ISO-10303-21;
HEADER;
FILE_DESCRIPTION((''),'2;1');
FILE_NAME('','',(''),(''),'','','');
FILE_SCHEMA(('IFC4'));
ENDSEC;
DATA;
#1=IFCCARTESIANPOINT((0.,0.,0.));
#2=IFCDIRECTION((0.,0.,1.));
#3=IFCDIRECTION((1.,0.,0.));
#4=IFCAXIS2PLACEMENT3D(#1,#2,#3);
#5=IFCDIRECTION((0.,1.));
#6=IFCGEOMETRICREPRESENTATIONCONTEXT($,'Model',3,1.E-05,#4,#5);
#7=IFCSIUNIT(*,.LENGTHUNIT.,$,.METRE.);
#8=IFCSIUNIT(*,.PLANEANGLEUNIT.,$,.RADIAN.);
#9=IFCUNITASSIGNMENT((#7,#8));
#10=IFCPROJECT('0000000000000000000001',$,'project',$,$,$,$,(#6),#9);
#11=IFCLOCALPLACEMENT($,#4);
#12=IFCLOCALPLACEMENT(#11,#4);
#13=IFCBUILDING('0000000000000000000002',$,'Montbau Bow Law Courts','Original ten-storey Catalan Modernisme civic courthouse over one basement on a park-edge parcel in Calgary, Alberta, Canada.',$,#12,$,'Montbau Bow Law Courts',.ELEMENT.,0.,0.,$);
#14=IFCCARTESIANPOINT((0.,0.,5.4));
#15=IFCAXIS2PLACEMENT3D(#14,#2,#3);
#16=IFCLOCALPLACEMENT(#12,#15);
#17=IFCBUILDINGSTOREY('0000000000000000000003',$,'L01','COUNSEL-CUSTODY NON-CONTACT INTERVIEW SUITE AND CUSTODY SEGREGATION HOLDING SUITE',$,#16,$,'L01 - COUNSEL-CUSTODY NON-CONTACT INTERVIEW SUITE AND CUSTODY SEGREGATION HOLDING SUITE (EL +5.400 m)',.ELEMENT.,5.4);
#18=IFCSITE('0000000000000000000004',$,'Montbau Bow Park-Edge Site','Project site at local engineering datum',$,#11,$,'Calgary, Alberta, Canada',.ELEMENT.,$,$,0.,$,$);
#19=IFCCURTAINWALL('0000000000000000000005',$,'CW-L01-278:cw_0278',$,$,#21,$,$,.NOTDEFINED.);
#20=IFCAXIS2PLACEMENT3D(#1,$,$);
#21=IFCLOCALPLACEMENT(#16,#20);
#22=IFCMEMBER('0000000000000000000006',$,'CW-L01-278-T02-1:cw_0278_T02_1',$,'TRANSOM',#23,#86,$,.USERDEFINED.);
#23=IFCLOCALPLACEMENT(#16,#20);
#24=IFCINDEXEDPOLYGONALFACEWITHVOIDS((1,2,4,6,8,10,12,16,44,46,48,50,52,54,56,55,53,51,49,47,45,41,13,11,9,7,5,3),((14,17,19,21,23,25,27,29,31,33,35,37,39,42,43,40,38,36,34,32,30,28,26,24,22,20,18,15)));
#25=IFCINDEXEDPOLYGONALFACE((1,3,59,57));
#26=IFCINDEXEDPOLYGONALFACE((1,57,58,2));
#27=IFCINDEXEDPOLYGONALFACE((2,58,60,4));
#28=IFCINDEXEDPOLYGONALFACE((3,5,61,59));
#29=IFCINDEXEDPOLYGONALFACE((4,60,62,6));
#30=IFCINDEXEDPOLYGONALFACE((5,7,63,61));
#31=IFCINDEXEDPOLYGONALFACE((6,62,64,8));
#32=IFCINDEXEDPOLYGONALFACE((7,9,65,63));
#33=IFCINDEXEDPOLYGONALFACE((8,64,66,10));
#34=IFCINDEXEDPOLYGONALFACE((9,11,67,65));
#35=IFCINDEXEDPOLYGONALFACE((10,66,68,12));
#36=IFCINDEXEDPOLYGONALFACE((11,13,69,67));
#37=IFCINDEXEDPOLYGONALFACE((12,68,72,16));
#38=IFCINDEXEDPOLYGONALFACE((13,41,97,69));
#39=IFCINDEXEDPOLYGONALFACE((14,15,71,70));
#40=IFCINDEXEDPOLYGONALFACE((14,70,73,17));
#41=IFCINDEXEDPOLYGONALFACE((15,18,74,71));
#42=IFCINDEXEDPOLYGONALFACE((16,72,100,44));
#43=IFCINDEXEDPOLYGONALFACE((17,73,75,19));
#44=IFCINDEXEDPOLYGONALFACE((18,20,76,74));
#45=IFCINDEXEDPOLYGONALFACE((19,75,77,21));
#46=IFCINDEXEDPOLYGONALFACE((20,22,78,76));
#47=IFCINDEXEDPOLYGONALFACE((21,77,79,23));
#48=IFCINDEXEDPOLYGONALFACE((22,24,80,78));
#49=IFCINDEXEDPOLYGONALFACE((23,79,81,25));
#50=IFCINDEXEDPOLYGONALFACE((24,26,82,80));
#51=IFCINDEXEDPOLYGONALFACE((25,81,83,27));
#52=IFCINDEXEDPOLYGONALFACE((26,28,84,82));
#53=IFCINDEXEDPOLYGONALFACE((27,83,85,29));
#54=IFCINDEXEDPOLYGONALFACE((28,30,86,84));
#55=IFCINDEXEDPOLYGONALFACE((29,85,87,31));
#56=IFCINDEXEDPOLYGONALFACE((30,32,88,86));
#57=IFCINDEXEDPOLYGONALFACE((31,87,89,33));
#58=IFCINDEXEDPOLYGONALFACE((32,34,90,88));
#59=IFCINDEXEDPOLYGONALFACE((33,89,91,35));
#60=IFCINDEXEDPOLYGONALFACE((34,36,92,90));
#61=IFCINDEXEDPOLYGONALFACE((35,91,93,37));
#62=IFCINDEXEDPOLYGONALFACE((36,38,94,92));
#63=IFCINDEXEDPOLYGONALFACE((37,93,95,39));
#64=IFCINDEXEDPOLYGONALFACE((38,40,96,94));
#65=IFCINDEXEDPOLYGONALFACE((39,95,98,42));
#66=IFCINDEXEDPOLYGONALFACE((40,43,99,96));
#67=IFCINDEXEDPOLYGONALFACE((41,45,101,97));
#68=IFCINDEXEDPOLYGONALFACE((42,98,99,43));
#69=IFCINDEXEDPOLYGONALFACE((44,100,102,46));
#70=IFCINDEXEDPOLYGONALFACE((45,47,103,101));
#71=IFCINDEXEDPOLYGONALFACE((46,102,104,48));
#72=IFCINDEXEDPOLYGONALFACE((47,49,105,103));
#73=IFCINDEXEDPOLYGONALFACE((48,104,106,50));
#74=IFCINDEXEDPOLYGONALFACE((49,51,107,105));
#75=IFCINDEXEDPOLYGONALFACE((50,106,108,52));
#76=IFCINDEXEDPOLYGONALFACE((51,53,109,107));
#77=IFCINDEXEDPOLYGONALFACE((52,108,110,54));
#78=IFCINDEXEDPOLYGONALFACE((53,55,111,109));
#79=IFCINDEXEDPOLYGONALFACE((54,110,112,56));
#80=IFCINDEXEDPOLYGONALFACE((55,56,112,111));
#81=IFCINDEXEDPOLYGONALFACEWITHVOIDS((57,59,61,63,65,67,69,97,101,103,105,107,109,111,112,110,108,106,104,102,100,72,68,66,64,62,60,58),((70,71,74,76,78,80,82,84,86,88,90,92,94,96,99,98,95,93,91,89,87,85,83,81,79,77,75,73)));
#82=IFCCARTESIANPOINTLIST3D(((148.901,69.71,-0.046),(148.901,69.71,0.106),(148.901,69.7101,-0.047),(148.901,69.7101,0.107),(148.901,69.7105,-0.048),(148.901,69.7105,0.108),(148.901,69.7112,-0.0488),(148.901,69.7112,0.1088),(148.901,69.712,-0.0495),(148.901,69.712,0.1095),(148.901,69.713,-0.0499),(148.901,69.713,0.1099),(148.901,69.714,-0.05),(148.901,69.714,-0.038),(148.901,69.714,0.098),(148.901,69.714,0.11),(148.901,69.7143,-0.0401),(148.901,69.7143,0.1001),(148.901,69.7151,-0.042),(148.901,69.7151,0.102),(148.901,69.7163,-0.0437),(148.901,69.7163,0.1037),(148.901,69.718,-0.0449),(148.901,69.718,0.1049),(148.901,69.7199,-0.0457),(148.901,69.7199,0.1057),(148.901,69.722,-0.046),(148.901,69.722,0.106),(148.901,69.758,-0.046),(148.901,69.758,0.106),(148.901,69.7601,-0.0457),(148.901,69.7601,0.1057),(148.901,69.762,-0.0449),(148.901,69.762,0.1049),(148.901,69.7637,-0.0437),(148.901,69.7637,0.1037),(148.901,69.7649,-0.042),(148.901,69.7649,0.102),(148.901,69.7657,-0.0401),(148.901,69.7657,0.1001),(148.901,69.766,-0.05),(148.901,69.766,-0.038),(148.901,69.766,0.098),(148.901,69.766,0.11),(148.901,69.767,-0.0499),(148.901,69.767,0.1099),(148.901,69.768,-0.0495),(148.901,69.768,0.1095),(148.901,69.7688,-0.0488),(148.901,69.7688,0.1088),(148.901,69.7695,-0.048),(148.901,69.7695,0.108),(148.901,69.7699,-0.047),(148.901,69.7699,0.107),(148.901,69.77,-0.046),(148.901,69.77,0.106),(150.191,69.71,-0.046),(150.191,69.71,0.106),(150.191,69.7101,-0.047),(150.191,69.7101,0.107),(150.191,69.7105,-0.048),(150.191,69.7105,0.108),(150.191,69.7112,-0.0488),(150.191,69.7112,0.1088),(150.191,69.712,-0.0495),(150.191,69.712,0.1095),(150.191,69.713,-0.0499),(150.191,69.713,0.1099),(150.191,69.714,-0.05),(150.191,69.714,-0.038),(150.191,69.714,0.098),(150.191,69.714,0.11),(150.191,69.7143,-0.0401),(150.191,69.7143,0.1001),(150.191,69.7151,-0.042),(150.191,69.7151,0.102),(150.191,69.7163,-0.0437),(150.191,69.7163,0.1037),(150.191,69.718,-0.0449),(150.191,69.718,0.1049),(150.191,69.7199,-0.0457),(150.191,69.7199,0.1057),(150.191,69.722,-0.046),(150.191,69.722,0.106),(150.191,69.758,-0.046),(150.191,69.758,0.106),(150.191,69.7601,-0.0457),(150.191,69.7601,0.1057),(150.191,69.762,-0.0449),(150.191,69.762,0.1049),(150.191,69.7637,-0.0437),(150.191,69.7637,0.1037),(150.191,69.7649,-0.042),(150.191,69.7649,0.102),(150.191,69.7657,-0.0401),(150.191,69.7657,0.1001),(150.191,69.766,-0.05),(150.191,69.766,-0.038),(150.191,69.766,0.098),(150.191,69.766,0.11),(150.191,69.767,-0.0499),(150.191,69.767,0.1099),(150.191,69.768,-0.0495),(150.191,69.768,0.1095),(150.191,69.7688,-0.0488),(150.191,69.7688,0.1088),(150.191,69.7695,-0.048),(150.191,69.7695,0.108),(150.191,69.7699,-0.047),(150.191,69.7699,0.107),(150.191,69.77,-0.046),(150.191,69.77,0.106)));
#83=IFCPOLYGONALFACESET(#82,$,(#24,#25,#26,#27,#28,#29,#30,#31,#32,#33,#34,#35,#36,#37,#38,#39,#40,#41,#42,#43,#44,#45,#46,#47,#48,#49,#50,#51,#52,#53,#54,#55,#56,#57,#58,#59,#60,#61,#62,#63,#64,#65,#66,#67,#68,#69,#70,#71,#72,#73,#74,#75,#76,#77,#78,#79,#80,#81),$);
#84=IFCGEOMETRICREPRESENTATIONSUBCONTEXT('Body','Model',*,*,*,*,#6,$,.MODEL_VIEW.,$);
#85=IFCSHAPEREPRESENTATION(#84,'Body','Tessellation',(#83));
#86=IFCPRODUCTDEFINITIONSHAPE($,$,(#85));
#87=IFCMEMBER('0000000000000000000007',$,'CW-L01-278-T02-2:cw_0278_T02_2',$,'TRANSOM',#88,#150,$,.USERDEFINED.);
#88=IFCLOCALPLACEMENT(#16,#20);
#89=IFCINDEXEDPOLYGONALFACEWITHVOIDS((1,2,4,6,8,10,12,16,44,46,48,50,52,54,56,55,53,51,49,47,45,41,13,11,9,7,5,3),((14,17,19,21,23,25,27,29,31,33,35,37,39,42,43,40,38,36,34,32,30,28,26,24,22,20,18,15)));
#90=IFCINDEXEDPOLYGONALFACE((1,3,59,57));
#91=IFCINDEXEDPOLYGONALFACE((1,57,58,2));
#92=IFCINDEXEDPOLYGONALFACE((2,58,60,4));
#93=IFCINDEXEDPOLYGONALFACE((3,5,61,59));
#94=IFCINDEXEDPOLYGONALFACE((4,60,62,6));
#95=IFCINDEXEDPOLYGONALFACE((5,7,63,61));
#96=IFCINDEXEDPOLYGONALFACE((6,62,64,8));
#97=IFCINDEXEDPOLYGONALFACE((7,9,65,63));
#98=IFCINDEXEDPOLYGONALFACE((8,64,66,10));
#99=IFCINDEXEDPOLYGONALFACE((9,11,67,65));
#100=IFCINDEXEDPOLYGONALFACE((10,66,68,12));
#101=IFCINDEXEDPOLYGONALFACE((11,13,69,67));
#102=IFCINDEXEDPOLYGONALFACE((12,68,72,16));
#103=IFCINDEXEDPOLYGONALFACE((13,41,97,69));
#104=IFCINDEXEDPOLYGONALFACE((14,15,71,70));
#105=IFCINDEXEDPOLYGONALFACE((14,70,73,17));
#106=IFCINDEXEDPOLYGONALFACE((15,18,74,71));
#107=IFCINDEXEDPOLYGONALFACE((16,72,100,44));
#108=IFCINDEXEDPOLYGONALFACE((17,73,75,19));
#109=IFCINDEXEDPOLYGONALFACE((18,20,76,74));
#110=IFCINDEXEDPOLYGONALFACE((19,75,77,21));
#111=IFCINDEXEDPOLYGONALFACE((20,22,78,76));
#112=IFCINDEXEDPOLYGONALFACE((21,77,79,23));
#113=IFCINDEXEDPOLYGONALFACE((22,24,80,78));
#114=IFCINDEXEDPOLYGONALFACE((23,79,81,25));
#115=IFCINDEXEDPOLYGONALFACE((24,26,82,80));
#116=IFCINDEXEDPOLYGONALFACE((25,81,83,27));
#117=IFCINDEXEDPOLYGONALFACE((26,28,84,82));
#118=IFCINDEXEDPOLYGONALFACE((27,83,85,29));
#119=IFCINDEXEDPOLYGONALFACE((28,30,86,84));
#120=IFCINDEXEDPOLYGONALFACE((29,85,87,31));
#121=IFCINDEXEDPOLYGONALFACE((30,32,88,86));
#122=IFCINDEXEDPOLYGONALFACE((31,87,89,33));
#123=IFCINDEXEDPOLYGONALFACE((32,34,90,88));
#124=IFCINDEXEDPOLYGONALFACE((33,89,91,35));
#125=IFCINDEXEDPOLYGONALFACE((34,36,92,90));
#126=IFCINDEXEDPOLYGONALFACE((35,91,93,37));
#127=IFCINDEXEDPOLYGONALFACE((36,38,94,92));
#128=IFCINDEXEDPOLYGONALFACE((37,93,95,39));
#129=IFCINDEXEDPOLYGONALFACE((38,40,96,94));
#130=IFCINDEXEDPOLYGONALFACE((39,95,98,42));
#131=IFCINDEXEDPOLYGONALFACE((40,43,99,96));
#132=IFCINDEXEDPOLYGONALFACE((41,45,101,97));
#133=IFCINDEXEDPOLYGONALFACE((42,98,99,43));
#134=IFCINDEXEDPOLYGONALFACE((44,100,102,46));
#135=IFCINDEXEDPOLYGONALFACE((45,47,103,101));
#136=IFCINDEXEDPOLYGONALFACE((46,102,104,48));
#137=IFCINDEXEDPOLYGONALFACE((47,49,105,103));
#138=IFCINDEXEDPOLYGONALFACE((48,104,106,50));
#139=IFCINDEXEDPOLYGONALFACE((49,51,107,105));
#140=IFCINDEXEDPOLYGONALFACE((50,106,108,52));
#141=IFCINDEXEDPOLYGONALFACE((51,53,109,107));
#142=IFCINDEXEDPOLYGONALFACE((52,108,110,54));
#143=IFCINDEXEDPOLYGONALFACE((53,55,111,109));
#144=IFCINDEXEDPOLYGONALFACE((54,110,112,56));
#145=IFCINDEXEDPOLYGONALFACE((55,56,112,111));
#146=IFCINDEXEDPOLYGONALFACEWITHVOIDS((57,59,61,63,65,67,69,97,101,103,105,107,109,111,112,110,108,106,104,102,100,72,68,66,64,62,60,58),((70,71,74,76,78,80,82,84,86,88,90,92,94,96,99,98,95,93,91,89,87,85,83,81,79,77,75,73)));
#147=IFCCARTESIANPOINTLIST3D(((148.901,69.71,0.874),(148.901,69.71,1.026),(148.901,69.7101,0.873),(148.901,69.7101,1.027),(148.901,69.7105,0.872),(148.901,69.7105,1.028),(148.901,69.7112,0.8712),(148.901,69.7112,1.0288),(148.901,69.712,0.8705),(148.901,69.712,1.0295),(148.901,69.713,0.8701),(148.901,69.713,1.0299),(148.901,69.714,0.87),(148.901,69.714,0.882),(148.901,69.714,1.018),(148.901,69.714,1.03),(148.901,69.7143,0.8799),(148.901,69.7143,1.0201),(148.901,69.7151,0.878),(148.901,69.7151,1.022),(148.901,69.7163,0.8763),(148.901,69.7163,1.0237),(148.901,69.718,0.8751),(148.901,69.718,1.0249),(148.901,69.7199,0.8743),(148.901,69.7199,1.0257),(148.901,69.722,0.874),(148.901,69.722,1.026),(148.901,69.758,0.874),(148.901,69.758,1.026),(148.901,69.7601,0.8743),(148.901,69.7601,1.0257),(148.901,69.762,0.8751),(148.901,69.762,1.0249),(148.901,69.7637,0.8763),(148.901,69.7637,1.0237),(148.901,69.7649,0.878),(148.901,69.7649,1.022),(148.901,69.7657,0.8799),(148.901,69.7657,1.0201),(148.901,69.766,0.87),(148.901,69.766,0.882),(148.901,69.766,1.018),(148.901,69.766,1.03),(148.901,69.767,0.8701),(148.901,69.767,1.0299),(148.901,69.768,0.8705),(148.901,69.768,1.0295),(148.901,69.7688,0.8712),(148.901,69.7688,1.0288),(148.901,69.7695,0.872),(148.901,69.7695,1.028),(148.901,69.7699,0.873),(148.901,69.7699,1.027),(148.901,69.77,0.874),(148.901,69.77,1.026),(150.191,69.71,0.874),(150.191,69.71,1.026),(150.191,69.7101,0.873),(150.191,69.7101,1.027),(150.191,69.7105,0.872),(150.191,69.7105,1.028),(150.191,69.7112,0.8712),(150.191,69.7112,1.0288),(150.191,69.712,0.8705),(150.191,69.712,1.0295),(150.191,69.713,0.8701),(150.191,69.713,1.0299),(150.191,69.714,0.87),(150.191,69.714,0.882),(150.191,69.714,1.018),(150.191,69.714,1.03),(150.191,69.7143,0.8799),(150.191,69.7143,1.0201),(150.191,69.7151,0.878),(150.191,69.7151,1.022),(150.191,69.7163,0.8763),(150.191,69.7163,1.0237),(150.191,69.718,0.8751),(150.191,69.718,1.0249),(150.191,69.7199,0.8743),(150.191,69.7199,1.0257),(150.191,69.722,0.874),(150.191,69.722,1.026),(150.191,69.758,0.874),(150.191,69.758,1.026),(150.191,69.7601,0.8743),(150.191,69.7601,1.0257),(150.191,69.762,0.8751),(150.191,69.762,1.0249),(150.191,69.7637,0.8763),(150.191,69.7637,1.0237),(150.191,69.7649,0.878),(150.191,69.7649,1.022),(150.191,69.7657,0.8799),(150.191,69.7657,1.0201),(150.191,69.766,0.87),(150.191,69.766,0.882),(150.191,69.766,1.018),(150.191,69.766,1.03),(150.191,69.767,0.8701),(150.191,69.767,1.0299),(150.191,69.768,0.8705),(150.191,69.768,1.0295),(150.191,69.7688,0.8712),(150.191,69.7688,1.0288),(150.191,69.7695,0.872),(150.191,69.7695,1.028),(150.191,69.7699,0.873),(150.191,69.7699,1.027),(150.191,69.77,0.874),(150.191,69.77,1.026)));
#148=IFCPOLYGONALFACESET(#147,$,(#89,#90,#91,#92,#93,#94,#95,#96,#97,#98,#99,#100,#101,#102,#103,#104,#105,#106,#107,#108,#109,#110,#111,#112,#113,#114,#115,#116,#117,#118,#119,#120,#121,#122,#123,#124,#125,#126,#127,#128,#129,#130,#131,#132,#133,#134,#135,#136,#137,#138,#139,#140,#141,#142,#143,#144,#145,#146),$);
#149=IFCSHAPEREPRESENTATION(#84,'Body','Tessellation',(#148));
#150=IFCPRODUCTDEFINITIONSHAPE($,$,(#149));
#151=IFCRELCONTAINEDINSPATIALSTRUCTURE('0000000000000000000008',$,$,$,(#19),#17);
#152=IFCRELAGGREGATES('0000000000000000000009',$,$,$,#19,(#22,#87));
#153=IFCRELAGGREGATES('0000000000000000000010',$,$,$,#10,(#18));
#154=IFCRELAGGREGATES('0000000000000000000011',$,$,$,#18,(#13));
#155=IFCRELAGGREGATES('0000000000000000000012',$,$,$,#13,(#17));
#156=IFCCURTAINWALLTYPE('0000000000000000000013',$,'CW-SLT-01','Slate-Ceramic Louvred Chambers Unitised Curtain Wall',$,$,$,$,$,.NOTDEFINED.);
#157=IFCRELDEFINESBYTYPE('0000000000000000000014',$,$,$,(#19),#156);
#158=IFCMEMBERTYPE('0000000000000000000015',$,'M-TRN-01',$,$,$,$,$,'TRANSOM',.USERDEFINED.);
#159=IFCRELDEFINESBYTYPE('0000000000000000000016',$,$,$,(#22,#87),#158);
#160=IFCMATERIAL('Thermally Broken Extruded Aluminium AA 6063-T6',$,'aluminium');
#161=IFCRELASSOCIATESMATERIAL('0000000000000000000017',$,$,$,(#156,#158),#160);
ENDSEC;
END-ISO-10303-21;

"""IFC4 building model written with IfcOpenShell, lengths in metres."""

from ifc_helpers import new_model, si_unit, direction, frame, origin_with_axes, origin_2d_with_axis, place, context, subcontext, project, spatial, hollow_rectangle, extrude, material, material_profile, profile_set, type_object, element, aggregate, save


model = new_model("IFC4")

# Units and contexts
model_context = context("Model", 3, precision=1e-05, world=origin_with_axes(), true_north=direction((0.0, 1.0)))
body_context = subcontext(model_context, "Body", "Model", "MODEL_VIEW")
ifc_project = project(units=[si_unit("LENGTHUNIT", "METRE"), si_unit("PLANEANGLEUNIT", "RADIAN")], contexts=[model_context])

# Site, building, storey
site_placement = place(None, origin_with_axes())
site = spatial("IfcSite", under=ifc_project, at=site_placement, Name="Montbau Bow Park-Edge Site", Description="Project site at local engineering datum", LongName="Calgary, Alberta, Canada", CompositionType="ELEMENT", RefElevation=0.0)
building_placement = place(site_placement, origin_with_axes())
building = spatial("IfcBuilding", under=site, at=building_placement, Name="Montbau Bow Law Courts", Description="Original ten-storey Catalan Modernisme civic courthouse over one basement on a park-edge parcel in Calgary, Alberta, Canada.", LongName="Montbau Bow Law Courts", CompositionType="ELEMENT", ElevationOfRefHeight=0.0, ElevationOfTerrain=0.0)
storey_placement = place(building_placement, frame((0.0, 0.0, 5.4), z_axis=(0.0, 0.0, 1.0), x_axis=(1.0, 0.0, 0.0)))
storey = spatial("IfcBuildingStorey", under=building, at=storey_placement, Name="L01", Description="COUNSEL-CUSTODY NON-CONTACT INTERVIEW SUITE AND CUSTODY SEGREGATION HOLDING SUITE", LongName="L01 - COUNSEL-CUSTODY NON-CONTACT INTERVIEW SUITE AND CUSTODY SEGREGATION HOLDING SUITE (EL +5.400 m)", CompositionType="ELEMENT", Elevation=5.4)

# Curtain wall, members
ifc_material_1 = material(Name="Thermally Broken Extruded Aluminium AA 6063-T6", Category="aluminium")
curtain_wall_type = type_object("IfcCurtainWallType", Name="CW-SLT-01", Description="Slate-Ceramic Louvred Chambers Unitised Curtain Wall", PredefinedType="NOTDEFINED", material=ifc_material_1)
curtain_wall_placement = place(None, frame((147.515, 69.74, 5.4), z_axis=(0.0, 0.0, 1.0), x_axis=(1.0, 0.0, 0.0)))
curtain_wall = element("IfcCurtainWall", 1, at=curtain_wall_placement, inside=storey, type_object=curtain_wall_type, Name="CW-L01-278:cw_0278", PredefinedType="NOTDEFINED")
ifc_material_profile_1 = material_profile(ifc_material_1, hollow_rectangle(XDim=0.06, YDim=0.16, WallThickness=0.004, InnerFilletRadius=0.008, OuterFilletRadius=0.004, at=origin_2d_with_axis()), Name="CWT-160X60", Category="Main", Priority=0)
ifc_profile_set_1 = profile_set([ifc_material_profile_1], Name="Thermally Broken Extruded Aluminium AA 6063-T6")
member_type_1 = type_object("IfcMemberType", Name="M-TRN-01", ElementType="TRANSOM", PredefinedType="USERDEFINED", material=ifc_profile_set_1)
member_1_placement = place(None, frame((148.901, 69.74, 5.43), z_axis=(1.0, 0.0, 0.0), x_axis=(0.0, 1.0, 0.0)))
member_1 = element("IfcMember", 2, at=member_1_placement, type_object=member_type_1, Name="CW-L01-278-T02-1:cw_0278_T02_1", ObjectType="TRANSOM", PredefinedType="USERDEFINED", context=body_context, shape_type="SweptSolid", body=[
    extrude(hollow_rectangle(XDim=0.06, YDim=0.16, WallThickness=0.004, InnerFilletRadius=0.008, OuterFilletRadius=0.004, at=origin_2d_with_axis()), origin_with_axes(), (0.0, 0.0, 1.0), 1.29),
])
member_2_placement = place(None, frame((148.901, 69.74, 6.35), z_axis=(1.0, 0.0, 0.0), x_axis=(0.0, 1.0, 0.0)))
member_2 = element("IfcMember", 3, at=member_2_placement, type_object=member_type_1, Name="CW-L01-278-T02-2:cw_0278_T02_2", ObjectType="TRANSOM", PredefinedType="USERDEFINED", context=body_context, shape_type="SweptSolid", body=[
    extrude(hollow_rectangle(XDim=0.06, YDim=0.16, WallThickness=0.004, InnerFilletRadius=0.008, OuterFilletRadius=0.004, at=origin_2d_with_axis()), origin_with_axes(), (0.0, 0.0, 1.0), 1.29),
])
aggregate(curtain_wall, [member_1, member_2])

save(model, "model.ifc")
